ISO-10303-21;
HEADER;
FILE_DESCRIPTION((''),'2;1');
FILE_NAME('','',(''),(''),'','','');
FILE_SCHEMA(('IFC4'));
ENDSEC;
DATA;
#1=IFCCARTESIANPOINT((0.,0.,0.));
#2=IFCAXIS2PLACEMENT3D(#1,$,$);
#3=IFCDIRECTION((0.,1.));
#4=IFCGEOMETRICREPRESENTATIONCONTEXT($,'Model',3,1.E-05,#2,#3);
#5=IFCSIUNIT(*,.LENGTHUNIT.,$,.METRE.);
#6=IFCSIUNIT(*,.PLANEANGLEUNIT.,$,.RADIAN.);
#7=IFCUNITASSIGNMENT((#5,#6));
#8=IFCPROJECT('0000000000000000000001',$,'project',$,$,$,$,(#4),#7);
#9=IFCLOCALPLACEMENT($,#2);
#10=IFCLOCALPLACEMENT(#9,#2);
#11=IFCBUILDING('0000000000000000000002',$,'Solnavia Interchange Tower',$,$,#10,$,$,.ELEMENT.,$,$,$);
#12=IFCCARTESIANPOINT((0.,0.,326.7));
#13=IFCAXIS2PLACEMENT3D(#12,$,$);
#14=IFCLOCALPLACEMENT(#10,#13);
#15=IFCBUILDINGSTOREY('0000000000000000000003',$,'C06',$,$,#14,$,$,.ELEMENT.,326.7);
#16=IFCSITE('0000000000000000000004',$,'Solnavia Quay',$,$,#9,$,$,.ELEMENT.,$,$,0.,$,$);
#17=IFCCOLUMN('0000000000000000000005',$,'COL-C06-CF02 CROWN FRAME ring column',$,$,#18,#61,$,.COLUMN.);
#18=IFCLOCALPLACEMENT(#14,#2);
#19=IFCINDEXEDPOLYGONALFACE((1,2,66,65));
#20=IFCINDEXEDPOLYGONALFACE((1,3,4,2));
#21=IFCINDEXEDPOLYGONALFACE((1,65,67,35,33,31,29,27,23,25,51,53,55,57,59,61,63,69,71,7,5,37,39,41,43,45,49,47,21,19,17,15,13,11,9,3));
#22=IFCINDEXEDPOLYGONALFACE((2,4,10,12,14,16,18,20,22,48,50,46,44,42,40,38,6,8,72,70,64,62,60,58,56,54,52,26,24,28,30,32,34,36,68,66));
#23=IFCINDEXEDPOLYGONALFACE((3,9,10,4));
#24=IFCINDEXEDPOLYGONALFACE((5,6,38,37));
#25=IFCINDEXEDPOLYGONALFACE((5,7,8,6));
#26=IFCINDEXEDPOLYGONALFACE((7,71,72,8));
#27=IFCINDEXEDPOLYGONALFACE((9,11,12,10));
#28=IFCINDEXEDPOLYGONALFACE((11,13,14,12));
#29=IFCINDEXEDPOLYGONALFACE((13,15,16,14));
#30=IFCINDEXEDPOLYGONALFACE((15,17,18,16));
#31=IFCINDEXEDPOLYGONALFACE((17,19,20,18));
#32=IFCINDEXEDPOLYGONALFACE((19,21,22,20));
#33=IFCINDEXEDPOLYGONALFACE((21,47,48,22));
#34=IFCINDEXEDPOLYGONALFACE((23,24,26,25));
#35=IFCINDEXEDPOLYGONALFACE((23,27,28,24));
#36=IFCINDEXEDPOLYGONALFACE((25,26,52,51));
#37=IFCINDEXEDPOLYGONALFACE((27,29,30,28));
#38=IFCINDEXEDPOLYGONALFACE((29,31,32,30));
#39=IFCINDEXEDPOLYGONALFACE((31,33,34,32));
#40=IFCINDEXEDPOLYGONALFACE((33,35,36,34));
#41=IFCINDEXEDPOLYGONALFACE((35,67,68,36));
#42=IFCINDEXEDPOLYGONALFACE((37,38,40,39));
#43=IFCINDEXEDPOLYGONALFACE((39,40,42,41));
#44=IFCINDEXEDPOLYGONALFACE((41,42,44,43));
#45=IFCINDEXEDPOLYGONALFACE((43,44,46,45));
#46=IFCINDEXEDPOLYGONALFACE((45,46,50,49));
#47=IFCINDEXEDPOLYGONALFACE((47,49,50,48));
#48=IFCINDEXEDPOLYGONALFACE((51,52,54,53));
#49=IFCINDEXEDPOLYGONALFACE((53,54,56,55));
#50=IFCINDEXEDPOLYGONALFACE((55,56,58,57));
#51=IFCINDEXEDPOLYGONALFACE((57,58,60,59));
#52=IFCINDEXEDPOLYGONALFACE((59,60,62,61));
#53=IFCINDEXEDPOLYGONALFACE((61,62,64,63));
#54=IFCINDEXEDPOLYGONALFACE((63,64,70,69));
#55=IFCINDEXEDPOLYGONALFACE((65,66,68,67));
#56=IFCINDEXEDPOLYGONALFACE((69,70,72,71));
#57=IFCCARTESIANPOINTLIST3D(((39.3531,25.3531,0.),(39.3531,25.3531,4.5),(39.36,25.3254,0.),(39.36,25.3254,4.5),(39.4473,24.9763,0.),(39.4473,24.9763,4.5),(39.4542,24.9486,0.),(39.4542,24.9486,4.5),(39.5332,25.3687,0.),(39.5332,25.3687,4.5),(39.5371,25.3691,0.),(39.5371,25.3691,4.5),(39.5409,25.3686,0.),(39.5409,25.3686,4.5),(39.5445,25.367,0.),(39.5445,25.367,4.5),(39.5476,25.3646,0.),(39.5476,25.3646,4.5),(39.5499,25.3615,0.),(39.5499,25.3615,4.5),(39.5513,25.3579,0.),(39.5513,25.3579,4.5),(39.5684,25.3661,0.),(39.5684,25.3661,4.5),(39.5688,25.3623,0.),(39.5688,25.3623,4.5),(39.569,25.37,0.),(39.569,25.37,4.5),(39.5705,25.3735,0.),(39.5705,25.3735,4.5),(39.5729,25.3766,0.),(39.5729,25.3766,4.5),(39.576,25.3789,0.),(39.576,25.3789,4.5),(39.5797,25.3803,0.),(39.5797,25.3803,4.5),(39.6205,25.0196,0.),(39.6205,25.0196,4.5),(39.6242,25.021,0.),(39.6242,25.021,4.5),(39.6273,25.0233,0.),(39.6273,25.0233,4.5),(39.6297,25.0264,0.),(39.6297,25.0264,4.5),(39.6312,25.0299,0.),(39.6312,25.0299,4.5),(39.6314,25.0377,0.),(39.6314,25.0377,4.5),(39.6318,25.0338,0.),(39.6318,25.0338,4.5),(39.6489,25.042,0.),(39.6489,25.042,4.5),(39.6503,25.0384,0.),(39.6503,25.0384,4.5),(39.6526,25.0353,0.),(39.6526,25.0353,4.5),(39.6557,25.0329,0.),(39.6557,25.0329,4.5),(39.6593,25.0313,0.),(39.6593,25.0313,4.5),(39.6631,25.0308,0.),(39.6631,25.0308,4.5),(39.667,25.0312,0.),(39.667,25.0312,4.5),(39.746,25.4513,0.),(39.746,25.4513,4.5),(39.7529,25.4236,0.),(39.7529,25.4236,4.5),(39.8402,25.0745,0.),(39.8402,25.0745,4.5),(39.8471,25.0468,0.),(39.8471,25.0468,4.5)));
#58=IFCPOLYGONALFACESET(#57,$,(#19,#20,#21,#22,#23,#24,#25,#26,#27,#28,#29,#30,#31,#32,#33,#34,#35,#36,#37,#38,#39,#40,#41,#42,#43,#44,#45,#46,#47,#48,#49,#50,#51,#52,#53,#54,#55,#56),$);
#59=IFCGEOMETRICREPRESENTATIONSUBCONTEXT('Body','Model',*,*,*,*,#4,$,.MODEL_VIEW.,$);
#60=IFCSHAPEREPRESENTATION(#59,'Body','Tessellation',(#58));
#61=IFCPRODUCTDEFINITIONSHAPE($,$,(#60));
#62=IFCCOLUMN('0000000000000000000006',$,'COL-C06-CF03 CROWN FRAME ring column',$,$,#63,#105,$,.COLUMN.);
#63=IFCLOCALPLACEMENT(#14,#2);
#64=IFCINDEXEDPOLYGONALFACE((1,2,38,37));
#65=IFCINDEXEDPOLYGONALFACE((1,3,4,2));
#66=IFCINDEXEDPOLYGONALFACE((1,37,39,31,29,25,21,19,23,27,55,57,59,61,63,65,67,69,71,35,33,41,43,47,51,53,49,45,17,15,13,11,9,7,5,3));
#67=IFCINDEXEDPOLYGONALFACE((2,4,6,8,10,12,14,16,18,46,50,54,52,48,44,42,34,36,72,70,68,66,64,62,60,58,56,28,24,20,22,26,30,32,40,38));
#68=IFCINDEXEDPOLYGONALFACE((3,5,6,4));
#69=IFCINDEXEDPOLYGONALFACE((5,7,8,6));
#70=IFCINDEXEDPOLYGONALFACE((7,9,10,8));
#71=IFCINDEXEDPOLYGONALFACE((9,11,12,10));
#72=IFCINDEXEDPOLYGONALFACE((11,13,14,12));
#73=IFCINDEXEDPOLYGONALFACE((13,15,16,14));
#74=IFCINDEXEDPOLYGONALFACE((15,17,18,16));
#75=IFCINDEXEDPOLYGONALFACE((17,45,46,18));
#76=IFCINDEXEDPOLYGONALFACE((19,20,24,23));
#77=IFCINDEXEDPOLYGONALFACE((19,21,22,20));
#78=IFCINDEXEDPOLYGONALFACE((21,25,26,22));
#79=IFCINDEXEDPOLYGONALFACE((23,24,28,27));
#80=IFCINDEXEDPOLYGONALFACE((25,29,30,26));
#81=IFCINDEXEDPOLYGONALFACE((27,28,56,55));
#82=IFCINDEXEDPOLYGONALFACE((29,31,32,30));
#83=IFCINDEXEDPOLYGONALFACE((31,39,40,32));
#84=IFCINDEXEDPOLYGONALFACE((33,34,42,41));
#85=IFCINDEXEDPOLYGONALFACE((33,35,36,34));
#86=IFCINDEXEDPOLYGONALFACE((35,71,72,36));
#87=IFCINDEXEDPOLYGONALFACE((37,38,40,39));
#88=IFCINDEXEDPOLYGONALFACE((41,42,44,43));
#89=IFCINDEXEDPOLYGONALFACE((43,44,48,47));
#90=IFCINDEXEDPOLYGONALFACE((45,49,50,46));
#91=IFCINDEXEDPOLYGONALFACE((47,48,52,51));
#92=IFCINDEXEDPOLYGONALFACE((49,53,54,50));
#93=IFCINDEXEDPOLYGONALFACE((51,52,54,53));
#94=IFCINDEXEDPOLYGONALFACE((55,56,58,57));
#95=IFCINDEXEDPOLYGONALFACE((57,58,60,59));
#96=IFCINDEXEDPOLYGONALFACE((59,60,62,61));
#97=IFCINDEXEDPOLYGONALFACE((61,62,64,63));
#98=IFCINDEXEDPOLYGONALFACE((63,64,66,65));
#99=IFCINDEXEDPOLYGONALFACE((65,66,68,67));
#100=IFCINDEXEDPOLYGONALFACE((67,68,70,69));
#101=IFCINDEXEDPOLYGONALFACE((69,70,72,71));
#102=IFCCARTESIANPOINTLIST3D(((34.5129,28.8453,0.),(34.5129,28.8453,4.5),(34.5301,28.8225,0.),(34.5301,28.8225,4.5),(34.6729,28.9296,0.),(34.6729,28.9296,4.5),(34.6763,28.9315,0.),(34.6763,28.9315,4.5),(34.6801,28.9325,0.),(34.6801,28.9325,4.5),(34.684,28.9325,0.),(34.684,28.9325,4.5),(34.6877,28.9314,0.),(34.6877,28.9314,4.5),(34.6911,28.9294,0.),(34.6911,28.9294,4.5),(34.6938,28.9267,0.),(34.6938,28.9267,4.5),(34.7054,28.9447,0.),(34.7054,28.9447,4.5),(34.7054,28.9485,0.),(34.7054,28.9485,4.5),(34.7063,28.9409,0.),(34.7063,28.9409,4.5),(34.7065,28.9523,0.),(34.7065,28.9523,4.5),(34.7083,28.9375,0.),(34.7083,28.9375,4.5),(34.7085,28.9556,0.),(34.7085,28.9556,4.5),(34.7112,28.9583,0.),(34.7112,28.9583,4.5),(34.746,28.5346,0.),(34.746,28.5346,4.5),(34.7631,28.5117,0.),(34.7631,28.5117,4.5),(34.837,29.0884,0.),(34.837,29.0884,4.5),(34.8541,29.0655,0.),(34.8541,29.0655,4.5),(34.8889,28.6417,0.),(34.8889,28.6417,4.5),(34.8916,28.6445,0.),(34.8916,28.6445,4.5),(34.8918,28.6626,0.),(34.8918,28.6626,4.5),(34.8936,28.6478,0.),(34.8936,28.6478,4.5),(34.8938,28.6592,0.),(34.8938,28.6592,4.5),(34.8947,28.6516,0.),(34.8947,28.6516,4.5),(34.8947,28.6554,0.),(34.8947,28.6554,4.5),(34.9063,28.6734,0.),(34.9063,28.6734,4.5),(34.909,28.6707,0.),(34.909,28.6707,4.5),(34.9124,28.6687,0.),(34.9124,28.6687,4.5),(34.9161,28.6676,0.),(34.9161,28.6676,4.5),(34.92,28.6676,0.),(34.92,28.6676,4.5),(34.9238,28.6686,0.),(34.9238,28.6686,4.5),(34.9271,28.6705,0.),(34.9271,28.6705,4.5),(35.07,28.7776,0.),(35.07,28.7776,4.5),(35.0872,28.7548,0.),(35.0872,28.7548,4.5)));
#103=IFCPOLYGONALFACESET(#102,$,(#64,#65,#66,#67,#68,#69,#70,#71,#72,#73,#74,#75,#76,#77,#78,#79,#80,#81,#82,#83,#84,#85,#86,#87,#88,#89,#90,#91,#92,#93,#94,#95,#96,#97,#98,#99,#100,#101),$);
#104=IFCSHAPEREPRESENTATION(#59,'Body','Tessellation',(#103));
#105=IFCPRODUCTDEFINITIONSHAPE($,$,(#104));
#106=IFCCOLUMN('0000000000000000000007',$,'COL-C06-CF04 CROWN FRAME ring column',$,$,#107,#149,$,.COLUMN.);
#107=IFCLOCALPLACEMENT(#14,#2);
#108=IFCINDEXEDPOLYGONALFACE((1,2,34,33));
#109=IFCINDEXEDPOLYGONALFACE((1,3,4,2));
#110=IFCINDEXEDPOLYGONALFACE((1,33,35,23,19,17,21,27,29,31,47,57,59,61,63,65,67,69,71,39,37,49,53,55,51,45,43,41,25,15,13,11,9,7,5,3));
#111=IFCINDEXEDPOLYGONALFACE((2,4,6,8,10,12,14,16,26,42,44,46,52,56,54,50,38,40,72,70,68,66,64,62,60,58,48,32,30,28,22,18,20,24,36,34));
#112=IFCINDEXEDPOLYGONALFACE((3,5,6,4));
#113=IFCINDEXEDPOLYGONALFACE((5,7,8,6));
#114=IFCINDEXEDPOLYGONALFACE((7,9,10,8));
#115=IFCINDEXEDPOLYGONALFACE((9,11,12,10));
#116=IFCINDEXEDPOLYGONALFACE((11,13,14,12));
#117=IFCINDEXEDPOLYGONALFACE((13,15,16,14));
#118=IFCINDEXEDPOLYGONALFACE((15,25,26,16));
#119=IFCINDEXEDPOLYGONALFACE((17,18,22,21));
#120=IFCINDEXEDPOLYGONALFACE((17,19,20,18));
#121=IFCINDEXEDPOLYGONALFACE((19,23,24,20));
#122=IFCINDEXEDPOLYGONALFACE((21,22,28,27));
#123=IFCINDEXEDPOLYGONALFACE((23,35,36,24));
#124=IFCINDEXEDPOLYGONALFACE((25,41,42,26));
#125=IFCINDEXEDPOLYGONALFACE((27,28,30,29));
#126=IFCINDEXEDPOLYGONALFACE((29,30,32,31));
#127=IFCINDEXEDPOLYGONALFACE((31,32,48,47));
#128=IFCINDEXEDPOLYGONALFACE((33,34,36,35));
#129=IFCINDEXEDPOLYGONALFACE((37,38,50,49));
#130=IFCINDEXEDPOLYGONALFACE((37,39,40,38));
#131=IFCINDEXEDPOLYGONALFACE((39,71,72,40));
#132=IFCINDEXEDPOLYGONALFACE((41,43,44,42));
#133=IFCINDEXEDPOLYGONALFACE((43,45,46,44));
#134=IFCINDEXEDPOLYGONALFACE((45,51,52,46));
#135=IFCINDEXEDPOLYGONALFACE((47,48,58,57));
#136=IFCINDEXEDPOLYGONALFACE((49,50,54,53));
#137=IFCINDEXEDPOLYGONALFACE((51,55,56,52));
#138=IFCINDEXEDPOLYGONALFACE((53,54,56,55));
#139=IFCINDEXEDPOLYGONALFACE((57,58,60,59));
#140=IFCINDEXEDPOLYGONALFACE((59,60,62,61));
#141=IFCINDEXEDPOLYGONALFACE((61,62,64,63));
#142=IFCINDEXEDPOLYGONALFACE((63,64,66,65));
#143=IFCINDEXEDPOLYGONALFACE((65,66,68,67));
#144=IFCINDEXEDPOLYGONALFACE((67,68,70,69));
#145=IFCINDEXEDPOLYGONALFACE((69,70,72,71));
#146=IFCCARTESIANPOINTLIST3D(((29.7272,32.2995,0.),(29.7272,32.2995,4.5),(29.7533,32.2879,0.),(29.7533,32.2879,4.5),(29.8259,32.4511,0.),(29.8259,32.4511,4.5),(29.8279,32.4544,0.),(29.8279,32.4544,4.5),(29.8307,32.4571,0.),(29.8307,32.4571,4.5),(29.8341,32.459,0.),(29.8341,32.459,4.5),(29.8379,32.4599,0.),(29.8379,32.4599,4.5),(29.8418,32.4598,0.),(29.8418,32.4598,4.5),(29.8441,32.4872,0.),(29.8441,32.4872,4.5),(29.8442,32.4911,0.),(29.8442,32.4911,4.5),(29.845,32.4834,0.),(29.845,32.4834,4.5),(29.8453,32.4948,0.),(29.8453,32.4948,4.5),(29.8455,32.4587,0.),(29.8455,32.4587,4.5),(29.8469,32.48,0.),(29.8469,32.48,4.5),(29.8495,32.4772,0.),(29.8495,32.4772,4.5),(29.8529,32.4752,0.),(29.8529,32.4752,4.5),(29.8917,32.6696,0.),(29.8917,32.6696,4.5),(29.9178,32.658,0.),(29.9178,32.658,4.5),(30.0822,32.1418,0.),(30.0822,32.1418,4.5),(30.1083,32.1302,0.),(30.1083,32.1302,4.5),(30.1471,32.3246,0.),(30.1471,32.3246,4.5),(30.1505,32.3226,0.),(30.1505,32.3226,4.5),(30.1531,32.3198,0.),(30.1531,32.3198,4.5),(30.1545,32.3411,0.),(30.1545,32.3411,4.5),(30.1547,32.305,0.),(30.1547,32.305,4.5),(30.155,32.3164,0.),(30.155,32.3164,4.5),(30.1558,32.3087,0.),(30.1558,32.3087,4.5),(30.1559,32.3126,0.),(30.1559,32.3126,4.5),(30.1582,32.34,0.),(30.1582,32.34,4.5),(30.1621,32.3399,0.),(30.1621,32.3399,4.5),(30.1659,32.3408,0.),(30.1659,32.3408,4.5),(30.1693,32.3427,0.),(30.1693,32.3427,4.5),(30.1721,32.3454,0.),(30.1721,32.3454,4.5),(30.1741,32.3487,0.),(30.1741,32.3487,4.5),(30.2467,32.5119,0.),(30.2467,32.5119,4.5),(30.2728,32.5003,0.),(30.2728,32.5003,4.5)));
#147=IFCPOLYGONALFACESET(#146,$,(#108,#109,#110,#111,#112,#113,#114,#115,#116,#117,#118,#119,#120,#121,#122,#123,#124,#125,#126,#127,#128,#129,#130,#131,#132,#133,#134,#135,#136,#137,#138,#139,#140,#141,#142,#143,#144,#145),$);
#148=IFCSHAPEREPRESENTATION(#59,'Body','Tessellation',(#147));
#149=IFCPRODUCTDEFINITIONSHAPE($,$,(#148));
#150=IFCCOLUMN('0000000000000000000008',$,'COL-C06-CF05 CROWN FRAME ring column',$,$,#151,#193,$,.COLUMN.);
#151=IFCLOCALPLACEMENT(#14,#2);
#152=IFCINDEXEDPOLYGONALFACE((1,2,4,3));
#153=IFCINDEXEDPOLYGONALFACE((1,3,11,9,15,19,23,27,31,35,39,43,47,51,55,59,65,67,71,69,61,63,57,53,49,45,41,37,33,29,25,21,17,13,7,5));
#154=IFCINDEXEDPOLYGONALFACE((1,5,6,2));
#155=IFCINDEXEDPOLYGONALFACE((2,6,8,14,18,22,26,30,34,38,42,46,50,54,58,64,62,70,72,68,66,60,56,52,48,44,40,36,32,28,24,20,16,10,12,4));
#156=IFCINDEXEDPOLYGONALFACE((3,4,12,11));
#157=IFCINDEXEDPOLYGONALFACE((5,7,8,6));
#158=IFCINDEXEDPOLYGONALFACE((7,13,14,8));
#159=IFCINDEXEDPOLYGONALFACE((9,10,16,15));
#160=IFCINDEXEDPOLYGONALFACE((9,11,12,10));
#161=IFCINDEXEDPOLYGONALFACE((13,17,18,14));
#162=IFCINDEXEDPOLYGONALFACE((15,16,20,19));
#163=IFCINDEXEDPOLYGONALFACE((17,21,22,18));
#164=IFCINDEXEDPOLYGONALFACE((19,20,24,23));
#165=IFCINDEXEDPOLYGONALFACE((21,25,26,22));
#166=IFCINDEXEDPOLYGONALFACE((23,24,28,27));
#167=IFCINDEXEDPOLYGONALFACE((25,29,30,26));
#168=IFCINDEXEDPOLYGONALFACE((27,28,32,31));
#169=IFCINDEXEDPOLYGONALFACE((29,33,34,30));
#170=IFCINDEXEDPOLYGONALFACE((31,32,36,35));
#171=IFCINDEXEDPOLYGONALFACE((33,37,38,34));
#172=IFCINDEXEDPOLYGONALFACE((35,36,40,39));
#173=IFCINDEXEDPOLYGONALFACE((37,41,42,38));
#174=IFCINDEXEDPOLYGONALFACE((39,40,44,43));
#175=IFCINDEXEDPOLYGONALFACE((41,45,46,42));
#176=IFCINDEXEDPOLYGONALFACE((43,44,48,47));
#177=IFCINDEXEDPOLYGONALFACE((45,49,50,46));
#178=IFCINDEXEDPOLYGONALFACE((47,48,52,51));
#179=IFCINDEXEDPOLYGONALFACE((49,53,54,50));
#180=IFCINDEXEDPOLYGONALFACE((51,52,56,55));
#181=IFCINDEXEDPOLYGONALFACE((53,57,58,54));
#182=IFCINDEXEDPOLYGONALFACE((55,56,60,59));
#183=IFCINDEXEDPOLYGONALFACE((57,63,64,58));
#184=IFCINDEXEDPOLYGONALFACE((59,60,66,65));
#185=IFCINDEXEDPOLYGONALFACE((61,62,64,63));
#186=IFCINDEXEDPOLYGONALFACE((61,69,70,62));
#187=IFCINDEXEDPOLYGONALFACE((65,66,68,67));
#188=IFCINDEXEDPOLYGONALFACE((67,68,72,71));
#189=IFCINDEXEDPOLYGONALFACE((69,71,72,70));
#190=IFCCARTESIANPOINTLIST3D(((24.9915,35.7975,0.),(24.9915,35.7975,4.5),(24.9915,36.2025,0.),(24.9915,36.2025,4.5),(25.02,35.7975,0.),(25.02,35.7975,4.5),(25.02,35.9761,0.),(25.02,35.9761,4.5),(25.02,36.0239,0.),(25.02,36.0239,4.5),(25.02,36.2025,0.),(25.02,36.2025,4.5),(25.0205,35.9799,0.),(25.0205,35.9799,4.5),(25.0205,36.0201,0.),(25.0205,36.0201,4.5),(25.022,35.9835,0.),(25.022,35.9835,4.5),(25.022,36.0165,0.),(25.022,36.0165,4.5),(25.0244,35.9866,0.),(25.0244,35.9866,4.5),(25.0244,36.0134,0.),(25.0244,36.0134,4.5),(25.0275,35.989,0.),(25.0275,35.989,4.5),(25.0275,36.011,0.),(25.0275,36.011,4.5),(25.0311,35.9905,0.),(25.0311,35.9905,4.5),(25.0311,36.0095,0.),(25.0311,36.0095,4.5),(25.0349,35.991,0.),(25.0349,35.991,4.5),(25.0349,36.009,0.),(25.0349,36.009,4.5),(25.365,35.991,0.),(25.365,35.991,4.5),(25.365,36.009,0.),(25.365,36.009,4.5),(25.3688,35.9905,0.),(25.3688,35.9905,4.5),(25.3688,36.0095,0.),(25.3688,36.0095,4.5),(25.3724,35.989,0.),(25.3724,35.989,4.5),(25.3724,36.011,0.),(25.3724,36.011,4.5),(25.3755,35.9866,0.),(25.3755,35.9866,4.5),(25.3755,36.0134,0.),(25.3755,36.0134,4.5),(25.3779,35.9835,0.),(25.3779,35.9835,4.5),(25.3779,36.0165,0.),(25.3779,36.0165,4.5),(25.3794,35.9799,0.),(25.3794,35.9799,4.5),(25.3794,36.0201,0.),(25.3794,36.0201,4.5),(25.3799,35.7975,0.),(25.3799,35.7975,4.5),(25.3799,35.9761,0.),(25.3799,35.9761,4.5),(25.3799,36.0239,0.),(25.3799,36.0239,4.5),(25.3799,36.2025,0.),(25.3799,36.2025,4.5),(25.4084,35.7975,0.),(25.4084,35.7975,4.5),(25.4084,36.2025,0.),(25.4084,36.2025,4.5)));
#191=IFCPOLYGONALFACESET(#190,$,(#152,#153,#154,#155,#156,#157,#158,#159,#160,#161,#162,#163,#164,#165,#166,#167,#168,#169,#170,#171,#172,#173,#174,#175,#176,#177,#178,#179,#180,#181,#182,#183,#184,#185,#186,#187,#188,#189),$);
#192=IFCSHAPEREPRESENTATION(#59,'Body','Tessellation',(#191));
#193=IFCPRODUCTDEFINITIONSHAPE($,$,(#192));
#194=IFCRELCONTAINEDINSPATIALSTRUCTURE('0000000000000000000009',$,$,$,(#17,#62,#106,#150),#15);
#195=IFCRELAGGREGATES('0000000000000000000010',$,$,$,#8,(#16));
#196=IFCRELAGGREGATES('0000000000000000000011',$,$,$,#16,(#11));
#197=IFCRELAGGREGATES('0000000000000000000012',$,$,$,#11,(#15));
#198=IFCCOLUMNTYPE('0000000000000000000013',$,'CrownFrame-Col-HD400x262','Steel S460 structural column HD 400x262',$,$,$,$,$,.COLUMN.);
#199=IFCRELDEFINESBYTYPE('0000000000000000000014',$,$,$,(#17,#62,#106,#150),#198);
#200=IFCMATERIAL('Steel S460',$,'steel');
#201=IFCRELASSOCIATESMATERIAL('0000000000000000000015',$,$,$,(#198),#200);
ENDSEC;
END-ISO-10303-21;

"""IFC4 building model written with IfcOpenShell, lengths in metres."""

from ifc_helpers import new_model, si_unit, direction, frame, origin, origin_2d, place, context, subcontext, project, spatial, i_section, extrude, material, material_profile, profile_set, type_object, element, save


model = new_model("IFC4")

# Units and contexts
model_context = context("Model", 3, precision=1e-05, world=origin(), true_north=direction((0.0, 1.0)))
body_context = subcontext(model_context, "Body", "Model", "MODEL_VIEW")
ifc_project = project(units=[si_unit("LENGTHUNIT", "METRE"), si_unit("PLANEANGLEUNIT", "RADIAN")], contexts=[model_context])

# Site, building, storey
site_placement = place(None, origin())
site = spatial("IfcSite", under=ifc_project, at=site_placement, Name="Solnavia Quay", CompositionType="ELEMENT", RefElevation=0.0)
building_placement = place(site_placement, origin())
building = spatial("IfcBuilding", under=site, at=building_placement, Name="Solnavia Interchange Tower", CompositionType="ELEMENT")
storey_placement = place(building_placement, frame((0.0, 0.0, 326.7)))
storey = spatial("IfcBuildingStorey", under=building, at=storey_placement, Name="C06", CompositionType="ELEMENT", Elevation=326.7)

# Columns
ifc_material_1 = material(Name="Steel S460", Category="steel")
ifc_material_profile_1 = material_profile(ifc_material_1, i_section(OverallWidth=0.405, OverallDepth=0.417, WebThickness=0.0181, FlangeThickness=0.0286, FilletRadius=0.0149, at=origin_2d()), Name="HD 400x262")
ifc_profile_set_1 = profile_set([ifc_material_profile_1], Name="Steel S460")
column_type = type_object("IfcColumnType", Name="CrownFrame-Col-HD400x262", Description="Steel S460 structural column HD 400x262", PredefinedType="COLUMN", material=ifc_profile_set_1)
for number, where, z_axis, x_axis, name in (
    (1, (39.6001, 25.2, 0.0), (0.0, 0.0, 1.0), (0.970127, 0.242599, 0.0), "COL-C06-CF02 CROWN FRAME ring column"),
    (2, (34.8, 28.8, 0.0), (0.0, 0.0, 1.0), (0.799999, 0.600001, 0.0), "COL-C06-CF03 CROWN FRAME ring column"),
    (3, (30.0, 32.3999, 0.0), (0.0, 0.0, 1.0), (0.406099, 0.913829, 0.0), "COL-C06-CF04 CROWN FRAME ring column"),
    (4, (25.2, 36.0, 0.0), (0.0, 0.0, 1.0), (0.0, 1.0, 0.0), "COL-C06-CF05 CROWN FRAME ring column"),
):
    element("IfcColumn", number, at=place(storey_placement, frame(where, z_axis=z_axis, x_axis=x_axis)), inside=storey, type_object=column_type, Name=name, PredefinedType="COLUMN", context=body_context, shape_type="SweptSolid", body=[
        extrude(i_section(OverallWidth=0.405, OverallDepth=0.417, WebThickness=0.0181, FlangeThickness=0.0286, FilletRadius=0.0149, at=origin_2d()), origin(), (0.0, 0.0, 1.0), 4.5),
    ])

save(model, "model.ifc")
